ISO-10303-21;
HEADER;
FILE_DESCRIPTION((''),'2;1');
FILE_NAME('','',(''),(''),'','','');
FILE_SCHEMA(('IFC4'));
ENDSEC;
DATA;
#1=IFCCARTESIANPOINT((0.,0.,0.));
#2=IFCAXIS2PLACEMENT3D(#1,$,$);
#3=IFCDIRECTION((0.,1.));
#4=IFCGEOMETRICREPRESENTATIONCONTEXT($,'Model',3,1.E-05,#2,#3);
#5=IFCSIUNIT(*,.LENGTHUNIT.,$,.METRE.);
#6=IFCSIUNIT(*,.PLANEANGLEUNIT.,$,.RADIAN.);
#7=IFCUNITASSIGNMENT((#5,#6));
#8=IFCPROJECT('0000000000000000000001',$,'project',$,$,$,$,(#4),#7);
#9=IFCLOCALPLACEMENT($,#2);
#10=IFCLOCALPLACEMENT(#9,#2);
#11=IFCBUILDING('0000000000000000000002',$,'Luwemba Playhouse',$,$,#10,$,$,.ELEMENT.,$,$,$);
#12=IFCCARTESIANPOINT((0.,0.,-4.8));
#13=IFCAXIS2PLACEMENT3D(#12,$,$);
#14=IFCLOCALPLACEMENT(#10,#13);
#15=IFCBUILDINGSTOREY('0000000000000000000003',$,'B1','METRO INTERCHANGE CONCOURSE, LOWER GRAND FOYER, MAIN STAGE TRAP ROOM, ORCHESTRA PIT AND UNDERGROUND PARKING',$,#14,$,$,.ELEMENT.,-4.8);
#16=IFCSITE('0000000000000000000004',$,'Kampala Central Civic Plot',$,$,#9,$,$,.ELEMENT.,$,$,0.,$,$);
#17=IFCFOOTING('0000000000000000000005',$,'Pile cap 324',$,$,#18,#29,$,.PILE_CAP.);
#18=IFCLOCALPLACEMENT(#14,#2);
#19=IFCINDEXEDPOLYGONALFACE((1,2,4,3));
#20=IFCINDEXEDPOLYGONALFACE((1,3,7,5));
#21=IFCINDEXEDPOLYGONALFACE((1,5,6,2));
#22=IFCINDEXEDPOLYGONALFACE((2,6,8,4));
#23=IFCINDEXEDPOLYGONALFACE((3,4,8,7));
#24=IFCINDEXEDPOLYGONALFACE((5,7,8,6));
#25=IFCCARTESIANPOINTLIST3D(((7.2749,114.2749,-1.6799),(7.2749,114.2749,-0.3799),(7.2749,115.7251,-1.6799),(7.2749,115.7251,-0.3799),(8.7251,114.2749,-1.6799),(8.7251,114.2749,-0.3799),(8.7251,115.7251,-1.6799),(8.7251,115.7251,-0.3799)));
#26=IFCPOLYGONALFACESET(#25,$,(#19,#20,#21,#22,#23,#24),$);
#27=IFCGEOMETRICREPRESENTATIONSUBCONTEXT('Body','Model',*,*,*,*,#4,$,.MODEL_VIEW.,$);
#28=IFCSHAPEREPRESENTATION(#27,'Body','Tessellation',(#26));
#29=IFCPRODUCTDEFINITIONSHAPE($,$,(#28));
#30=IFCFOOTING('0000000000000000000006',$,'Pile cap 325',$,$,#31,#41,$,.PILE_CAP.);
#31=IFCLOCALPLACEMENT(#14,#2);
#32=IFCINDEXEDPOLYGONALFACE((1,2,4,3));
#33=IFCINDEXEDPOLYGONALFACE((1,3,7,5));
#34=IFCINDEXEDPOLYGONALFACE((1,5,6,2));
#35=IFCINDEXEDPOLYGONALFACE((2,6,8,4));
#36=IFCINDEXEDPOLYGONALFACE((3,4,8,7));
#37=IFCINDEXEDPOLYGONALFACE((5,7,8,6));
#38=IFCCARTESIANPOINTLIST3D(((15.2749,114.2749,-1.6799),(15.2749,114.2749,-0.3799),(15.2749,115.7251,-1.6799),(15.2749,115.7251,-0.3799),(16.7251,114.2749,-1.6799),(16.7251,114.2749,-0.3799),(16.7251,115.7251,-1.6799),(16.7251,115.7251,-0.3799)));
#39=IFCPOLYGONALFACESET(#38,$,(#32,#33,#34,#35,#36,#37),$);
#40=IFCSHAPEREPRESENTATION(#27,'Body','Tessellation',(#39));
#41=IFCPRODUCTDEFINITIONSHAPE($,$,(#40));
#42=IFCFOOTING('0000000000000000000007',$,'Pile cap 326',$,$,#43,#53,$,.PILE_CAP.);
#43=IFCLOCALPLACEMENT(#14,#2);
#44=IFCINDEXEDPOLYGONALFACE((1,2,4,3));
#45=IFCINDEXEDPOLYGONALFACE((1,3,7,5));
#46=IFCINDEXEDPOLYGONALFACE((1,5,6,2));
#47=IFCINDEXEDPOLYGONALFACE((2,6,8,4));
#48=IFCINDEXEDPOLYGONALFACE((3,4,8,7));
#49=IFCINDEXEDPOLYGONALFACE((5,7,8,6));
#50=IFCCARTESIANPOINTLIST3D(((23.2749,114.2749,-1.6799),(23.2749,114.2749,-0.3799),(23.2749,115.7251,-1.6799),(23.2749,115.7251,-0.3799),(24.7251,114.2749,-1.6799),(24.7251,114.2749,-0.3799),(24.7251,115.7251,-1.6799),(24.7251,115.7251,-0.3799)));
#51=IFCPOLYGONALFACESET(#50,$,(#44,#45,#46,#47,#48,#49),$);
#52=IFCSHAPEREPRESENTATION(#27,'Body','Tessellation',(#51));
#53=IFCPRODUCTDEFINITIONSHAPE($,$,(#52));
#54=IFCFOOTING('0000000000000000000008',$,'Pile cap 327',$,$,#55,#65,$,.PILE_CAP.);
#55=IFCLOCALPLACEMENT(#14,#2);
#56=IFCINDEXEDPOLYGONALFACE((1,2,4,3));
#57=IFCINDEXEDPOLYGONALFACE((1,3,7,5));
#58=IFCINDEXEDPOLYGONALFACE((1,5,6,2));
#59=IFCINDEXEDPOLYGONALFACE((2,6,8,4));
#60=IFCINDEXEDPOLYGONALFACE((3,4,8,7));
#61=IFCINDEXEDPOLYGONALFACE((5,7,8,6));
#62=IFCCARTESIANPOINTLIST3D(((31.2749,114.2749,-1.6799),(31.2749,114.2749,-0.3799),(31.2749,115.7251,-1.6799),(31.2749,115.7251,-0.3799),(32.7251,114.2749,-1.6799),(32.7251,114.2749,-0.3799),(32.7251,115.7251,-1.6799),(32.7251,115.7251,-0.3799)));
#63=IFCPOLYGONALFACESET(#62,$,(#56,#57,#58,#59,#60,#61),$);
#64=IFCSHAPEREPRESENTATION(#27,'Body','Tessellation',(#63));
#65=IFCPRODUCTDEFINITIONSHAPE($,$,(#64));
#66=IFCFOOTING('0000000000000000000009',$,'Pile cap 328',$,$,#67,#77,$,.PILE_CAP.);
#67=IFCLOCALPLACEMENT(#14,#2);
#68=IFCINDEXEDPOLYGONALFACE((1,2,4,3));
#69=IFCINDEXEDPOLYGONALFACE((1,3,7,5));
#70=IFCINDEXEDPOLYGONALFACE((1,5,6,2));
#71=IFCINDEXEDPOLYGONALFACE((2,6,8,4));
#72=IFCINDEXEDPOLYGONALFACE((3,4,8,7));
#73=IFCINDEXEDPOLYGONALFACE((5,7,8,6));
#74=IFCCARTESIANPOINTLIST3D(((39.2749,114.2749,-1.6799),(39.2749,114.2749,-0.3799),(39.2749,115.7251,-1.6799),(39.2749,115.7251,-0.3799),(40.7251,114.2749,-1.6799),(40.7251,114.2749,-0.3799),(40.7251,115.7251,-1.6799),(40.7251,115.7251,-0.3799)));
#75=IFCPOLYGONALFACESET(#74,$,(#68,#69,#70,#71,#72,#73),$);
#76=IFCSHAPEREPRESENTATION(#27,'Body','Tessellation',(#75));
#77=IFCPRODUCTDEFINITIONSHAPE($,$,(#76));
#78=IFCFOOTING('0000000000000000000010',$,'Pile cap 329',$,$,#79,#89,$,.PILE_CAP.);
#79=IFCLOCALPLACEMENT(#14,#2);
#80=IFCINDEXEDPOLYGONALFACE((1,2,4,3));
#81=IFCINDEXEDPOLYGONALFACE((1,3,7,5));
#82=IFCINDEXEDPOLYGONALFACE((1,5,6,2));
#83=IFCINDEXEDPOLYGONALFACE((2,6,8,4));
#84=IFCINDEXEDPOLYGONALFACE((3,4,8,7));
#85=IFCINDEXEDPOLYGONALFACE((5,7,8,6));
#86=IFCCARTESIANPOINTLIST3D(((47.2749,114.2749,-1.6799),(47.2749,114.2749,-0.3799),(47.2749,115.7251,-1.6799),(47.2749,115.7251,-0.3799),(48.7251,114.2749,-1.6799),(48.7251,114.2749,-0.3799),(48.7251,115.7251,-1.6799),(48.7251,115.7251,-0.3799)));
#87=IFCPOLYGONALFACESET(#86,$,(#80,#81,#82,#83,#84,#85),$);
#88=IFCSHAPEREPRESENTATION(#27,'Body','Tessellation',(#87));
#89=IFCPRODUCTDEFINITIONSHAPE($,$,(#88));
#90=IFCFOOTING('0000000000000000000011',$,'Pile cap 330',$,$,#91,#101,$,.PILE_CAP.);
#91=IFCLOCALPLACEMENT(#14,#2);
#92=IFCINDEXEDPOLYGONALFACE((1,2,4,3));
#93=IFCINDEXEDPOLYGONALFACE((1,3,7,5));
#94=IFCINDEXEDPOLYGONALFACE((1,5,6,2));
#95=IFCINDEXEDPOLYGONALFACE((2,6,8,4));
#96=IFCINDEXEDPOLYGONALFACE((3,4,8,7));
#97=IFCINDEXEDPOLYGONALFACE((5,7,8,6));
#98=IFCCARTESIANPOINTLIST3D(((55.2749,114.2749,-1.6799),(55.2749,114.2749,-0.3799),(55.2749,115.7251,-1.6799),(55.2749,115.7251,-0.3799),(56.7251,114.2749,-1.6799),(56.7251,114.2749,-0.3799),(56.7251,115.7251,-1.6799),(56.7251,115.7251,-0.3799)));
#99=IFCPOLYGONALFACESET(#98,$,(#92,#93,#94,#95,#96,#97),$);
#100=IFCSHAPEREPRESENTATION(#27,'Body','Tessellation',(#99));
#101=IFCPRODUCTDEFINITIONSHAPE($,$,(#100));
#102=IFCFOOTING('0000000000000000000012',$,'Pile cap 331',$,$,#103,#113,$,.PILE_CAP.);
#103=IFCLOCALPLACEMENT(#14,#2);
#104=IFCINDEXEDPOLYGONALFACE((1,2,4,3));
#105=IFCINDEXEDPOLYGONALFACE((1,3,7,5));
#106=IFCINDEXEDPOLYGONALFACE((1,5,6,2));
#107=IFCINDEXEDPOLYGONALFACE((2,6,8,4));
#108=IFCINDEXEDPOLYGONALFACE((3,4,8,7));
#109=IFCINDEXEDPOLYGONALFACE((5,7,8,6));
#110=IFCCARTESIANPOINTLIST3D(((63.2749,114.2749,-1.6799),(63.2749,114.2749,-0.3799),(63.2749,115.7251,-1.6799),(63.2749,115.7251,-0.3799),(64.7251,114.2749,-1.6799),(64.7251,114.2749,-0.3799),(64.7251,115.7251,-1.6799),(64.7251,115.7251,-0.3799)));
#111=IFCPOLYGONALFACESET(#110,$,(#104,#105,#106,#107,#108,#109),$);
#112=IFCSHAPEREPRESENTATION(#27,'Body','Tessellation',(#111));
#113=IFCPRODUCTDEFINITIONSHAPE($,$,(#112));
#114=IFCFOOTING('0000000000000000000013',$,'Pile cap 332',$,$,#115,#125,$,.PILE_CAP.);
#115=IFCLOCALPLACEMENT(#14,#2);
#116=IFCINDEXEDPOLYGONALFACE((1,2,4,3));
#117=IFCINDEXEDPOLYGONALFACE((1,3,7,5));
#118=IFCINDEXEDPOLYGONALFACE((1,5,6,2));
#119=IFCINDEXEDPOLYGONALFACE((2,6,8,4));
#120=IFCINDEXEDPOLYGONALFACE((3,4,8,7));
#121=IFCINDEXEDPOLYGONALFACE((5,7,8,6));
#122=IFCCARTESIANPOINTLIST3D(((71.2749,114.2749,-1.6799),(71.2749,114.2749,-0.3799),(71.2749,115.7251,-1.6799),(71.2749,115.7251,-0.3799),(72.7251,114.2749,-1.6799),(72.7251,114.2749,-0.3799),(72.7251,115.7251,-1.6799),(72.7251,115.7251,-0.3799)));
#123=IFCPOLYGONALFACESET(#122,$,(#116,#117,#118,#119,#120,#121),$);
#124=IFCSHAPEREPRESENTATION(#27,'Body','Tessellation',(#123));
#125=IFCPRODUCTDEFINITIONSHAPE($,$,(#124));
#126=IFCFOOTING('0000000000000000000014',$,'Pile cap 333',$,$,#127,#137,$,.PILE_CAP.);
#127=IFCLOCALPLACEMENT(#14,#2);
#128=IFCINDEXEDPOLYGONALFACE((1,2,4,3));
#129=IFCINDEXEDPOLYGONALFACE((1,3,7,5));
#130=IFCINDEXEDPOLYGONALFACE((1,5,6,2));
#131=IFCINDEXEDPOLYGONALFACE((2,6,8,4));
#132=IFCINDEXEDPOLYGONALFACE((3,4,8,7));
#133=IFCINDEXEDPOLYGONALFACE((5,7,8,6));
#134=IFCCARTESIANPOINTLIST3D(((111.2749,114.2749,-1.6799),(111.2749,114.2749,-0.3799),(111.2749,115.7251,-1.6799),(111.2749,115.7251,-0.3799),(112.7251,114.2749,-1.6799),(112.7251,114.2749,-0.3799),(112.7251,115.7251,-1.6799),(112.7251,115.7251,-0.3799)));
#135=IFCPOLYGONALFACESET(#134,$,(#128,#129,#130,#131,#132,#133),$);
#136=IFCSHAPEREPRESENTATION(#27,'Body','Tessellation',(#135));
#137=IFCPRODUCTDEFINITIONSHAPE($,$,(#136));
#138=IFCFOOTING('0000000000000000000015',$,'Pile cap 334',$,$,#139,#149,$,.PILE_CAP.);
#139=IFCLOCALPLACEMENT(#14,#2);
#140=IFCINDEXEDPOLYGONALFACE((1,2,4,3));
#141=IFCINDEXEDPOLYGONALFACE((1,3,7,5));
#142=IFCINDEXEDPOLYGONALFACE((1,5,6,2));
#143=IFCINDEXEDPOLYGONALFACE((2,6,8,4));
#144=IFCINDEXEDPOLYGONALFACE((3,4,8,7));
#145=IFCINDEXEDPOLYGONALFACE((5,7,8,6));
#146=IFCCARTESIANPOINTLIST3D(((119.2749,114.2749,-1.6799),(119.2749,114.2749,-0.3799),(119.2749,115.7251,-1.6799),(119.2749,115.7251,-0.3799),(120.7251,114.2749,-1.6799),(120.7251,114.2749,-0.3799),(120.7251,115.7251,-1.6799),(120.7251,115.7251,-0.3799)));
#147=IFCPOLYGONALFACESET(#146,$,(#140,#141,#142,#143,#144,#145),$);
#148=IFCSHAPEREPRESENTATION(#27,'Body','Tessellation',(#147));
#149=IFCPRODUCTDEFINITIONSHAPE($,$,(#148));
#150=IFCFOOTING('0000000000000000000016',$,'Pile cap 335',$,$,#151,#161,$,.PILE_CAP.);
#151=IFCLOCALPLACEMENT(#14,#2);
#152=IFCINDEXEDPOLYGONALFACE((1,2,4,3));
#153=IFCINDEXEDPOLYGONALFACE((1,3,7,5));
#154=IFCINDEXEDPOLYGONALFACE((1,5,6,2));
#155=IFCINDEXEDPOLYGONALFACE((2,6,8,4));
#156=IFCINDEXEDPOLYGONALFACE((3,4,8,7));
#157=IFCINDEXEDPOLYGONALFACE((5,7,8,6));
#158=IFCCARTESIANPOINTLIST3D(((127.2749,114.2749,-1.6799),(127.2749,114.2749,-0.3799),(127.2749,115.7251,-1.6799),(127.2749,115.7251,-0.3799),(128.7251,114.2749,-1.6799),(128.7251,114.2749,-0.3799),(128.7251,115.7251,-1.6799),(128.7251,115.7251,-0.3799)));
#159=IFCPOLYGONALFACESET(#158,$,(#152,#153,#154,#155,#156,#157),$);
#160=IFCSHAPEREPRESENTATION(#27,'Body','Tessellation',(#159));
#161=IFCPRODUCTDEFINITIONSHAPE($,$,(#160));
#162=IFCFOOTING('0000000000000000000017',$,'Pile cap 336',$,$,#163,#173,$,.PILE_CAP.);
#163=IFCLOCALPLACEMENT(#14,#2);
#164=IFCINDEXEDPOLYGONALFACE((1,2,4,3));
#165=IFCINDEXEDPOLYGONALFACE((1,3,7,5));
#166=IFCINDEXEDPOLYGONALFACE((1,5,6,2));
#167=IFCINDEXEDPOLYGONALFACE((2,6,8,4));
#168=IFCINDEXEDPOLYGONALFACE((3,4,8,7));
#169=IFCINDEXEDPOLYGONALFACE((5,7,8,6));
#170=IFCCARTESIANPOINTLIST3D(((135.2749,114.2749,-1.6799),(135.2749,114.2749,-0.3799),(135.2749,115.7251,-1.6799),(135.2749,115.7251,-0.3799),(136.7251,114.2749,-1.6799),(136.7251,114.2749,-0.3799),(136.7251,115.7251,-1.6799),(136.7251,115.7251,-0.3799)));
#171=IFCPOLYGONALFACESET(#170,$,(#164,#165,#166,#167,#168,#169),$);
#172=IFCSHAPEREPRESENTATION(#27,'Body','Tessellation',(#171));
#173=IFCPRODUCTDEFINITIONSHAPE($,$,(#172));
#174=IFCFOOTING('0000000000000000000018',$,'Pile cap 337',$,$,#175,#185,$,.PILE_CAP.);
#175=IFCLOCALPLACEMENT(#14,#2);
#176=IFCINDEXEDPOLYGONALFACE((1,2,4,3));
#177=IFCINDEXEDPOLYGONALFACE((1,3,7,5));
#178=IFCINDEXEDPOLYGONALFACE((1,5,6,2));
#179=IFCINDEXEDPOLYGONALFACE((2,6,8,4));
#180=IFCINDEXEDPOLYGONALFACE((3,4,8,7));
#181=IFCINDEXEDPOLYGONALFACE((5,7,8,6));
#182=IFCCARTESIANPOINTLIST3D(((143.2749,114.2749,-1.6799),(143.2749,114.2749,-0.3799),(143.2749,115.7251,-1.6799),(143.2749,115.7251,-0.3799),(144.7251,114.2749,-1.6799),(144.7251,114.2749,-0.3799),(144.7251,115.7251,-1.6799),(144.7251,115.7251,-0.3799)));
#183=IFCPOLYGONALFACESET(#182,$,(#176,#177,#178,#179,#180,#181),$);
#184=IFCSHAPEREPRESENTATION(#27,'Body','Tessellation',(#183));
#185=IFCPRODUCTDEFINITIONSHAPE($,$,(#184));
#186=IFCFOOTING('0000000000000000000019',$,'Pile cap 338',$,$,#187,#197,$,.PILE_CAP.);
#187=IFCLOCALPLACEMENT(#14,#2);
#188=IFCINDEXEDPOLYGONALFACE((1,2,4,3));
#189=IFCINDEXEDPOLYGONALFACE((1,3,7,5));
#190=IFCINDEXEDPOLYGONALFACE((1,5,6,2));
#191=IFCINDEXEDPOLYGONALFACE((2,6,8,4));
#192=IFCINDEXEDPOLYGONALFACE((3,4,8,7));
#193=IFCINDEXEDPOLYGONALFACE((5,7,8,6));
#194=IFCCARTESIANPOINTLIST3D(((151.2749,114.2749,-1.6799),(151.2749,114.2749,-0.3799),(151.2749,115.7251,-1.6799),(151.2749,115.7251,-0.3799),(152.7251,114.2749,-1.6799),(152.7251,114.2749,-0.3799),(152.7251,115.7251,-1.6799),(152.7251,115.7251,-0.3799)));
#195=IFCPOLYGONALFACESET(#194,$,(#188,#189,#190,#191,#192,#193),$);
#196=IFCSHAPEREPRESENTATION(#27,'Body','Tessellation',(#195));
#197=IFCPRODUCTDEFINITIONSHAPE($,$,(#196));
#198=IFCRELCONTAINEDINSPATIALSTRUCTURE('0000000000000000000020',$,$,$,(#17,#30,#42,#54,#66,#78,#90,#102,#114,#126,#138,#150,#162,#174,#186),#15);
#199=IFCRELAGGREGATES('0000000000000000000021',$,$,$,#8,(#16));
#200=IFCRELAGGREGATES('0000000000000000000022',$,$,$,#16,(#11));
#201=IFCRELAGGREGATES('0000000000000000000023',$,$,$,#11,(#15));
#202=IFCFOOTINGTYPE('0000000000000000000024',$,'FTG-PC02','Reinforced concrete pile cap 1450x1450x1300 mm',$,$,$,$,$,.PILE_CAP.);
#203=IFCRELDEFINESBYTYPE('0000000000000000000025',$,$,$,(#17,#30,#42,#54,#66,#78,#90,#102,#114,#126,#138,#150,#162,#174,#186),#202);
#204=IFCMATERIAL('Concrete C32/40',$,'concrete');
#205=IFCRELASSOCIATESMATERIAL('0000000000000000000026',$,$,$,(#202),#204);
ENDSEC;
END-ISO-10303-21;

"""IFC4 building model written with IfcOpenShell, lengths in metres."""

from ifc_helpers import new_model, si_unit, direction, frame, origin, place, context, subcontext, project, spatial, polyline, outline, extrude, material, type_object, element, save


model = new_model("IFC4")

# Units and contexts
model_context = context("Model", 3, precision=1e-05, world=origin(), true_north=direction((0.0, 1.0)))
body_context = subcontext(model_context, "Body", "Model", "MODEL_VIEW")
ifc_project = project(units=[si_unit("LENGTHUNIT", "METRE"), si_unit("PLANEANGLEUNIT", "RADIAN")], contexts=[model_context])

# Site, building, storey
site_placement = place(None, origin())
site = spatial("IfcSite", under=ifc_project, at=site_placement, Name="Kampala Central Civic Plot", CompositionType="ELEMENT", RefElevation=0.0)
building_placement = place(site_placement, origin())
building = spatial("IfcBuilding", under=site, at=building_placement, Name="Luwemba Playhouse", CompositionType="ELEMENT")
storey_placement = place(building_placement, frame((0.0, 0.0, -4.8)))
storey = spatial("IfcBuildingStorey", under=building, at=storey_placement, Name="B1", Description="METRO INTERCHANGE CONCOURSE, LOWER GRAND FOYER, MAIN STAGE TRAP ROOM, ORCHESTRA PIT AND UNDERGROUND PARKING", CompositionType="ELEMENT", Elevation=-4.8)

# Footings
ifc_material = material(Name="Concrete C32/40", Category="concrete")
footing_type_1 = type_object("IfcFootingType", Name="FTG-PC02", Description="Reinforced concrete pile cap 1450x1450x1300 mm", PredefinedType="PILE_CAP", material=ifc_material)
footing_1_placement = place(storey_placement, frame((0.0, 0.0, -1.6799)))
element("IfcFooting", 1, at=footing_1_placement, inside=storey, type_object=footing_type_1, Name="Pile cap 324", PredefinedType="PILE_CAP", context=body_context, shape_type="SweptSolid", body=[
    extrude(outline(polyline([(7.2749, 114.2749), (8.7251, 114.2749), (8.7251, 115.7251), (7.2749, 115.7251), (7.2749, 114.2749)])), origin(), (0.0, 0.0, 1.0), 1.3),
])
footing_2_placement = place(storey_placement, frame((0.0, 0.0, -1.6799)))
element("IfcFooting", 2, at=footing_2_placement, inside=storey, type_object=footing_type_1, Name="Pile cap 325", PredefinedType="PILE_CAP", context=body_context, shape_type="SweptSolid", body=[
    extrude(outline(polyline([(15.2749, 114.2749), (16.7251, 114.2749), (16.7251, 115.7251), (15.2749, 115.7251), (15.2749, 114.2749)])), origin(), (0.0, 0.0, 1.0), 1.3),
])
footing_3_placement = place(storey_placement, frame((0.0, 0.0, -1.6799)))
element("IfcFooting", 3, at=footing_3_placement, inside=storey, type_object=footing_type_1, Name="Pile cap 326", PredefinedType="PILE_CAP", context=body_context, shape_type="SweptSolid", body=[
    extrude(outline(polyline([(23.2749, 114.2749), (24.7251, 114.2749), (24.7251, 115.7251), (23.2749, 115.7251), (23.2749, 114.2749)])), origin(), (0.0, 0.0, 1.0), 1.3),
])
footing_4_placement = place(storey_placement, frame((0.0, 0.0, -1.6799)))
element("IfcFooting", 4, at=footing_4_placement, inside=storey, type_object=footing_type_1, Name="Pile cap 327", PredefinedType="PILE_CAP", context=body_context, shape_type="SweptSolid", body=[
    extrude(outline(polyline([(31.2749, 114.2749), (32.7251, 114.2749), (32.7251, 115.7251), (31.2749, 115.7251), (31.2749, 114.2749)])), origin(), (0.0, 0.0, 1.0), 1.3),
])
footing_5_placement = place(storey_placement, frame((0.0, 0.0, -1.6799)))
element("IfcFooting", 5, at=footing_5_placement, inside=storey, type_object=footing_type_1, Name="Pile cap 328", PredefinedType="PILE_CAP", context=body_context, shape_type="SweptSolid", body=[
    extrude(outline(polyline([(39.2749, 114.2749), (40.7251, 114.2749), (40.7251, 115.7251), (39.2749, 115.7251), (39.2749, 114.2749)])), origin(), (0.0, 0.0, 1.0), 1.3),
])
footing_6_placement = place(storey_placement, frame((0.0, 0.0, -1.6799)))
element("IfcFooting", 6, at=footing_6_placement, inside=storey, type_object=footing_type_1, Name="Pile cap 329", PredefinedType="PILE_CAP", context=body_context, shape_type="SweptSolid", body=[
    extrude(outline(polyline([(47.2749, 114.2749), (48.7251, 114.2749), (48.7251, 115.7251), (47.2749, 115.7251), (47.2749, 114.2749)])), origin(), (0.0, 0.0, 1.0), 1.3),
])
footing_7_placement = place(storey_placement, frame((0.0, 0.0, -1.6799)))
element("IfcFooting", 7, at=footing_7_placement, inside=storey, type_object=footing_type_1, Name="Pile cap 330", PredefinedType="PILE_CAP", context=body_context, shape_type="SweptSolid", body=[
    extrude(outline(polyline([(55.2749, 114.2749), (56.7251, 114.2749), (56.7251, 115.7251), (55.2749, 115.7251), (55.2749, 114.2749)])), origin(), (0.0, 0.0, 1.0), 1.3),
])
footing_8_placement = place(storey_placement, frame((0.0, 0.0, -1.6799)))
element("IfcFooting", 8, at=footing_8_placement, inside=storey, type_object=footing_type_1, Name="Pile cap 331", PredefinedType="PILE_CAP", context=body_context, shape_type="SweptSolid", body=[
    extrude(outline(polyline([(63.2749, 114.2749), (64.7251, 114.2749), (64.7251, 115.7251), (63.2749, 115.7251), (63.2749, 114.2749)])), origin(), (0.0, 0.0, 1.0), 1.3),
])
footing_9_placement = place(storey_placement, frame((0.0, 0.0, -1.6799)))
element("IfcFooting", 9, at=footing_9_placement, inside=storey, type_object=footing_type_1, Name="Pile cap 332", PredefinedType="PILE_CAP", context=body_context, shape_type="SweptSolid", body=[
    extrude(outline(polyline([(71.2749, 114.2749), (72.7251, 114.2749), (72.7251, 115.7251), (71.2749, 115.7251), (71.2749, 114.2749)])), origin(), (0.0, 0.0, 1.0), 1.3),
])
footing_10_placement = place(storey_placement, frame((0.0, 0.0, -1.6799)))
element("IfcFooting", 10, at=footing_10_placement, inside=storey, type_object=footing_type_1, Name="Pile cap 333", PredefinedType="PILE_CAP", context=body_context, shape_type="SweptSolid", body=[
    extrude(outline(polyline([(111.2749, 114.2749), (112.7251, 114.2749), (112.7251, 115.7251), (111.2749, 115.7251), (111.2749, 114.2749)])), origin(), (0.0, 0.0, 1.0), 1.3),
])
footing_11_placement = place(storey_placement, frame((0.0, 0.0, -1.6799)))
element("IfcFooting", 11, at=footing_11_placement, inside=storey, type_object=footing_type_1, Name="Pile cap 334", PredefinedType="PILE_CAP", context=body_context, shape_type="SweptSolid", body=[
    extrude(outline(polyline([(119.2749, 114.2749), (120.7251, 114.2749), (120.7251, 115.7251), (119.2749, 115.7251), (119.2749, 114.2749)])), origin(), (0.0, 0.0, 1.0), 1.3),
])
footing_12_placement = place(storey_placement, frame((0.0, 0.0, -1.6799)))
element("IfcFooting", 12, at=footing_12_placement, inside=storey, type_object=footing_type_1, Name="Pile cap 335", PredefinedType="PILE_CAP", context=body_context, shape_type="SweptSolid", body=[
    extrude(outline(polyline([(127.2749, 114.2749), (128.7251, 114.2749), (128.7251, 115.7251), (127.2749, 115.7251), (127.2749, 114.2749)])), origin(), (0.0, 0.0, 1.0), 1.3),
])
footing_13_placement = place(storey_placement, frame((0.0, 0.0, -1.6799)))
element("IfcFooting", 13, at=footing_13_placement, inside=storey, type_object=footing_type_1, Name="Pile cap 336", PredefinedType="PILE_CAP", context=body_context, shape_type="SweptSolid", body=[
    extrude(outline(polyline([(135.2749, 114.2749), (136.7251, 114.2749), (136.7251, 115.7251), (135.2749, 115.7251), (135.2749, 114.2749)])), origin(), (0.0, 0.0, 1.0), 1.3),
])
footing_14_placement = place(storey_placement, frame((0.0, 0.0, -1.6799)))
element("IfcFooting", 14, at=footing_14_placement, inside=storey, type_object=footing_type_1, Name="Pile cap 337", PredefinedType="PILE_CAP", context=body_context, shape_type="SweptSolid", body=[
    extrude(outline(polyline([(143.2749, 114.2749), (144.7251, 114.2749), (144.7251, 115.7251), (143.2749, 115.7251), (143.2749, 114.2749)])), origin(), (0.0, 0.0, 1.0), 1.3),
])
footing_15_placement = place(storey_placement, frame((0.0, 0.0, -1.6799)))
element("IfcFooting", 15, at=footing_15_placement, inside=storey, type_object=footing_type_1, Name="Pile cap 338", PredefinedType="PILE_CAP", context=body_context, shape_type="SweptSolid", body=[
    extrude(outline(polyline([(151.2749, 114.2749), (152.7251, 114.2749), (152.7251, 115.7251), (151.2749, 115.7251), (151.2749, 114.2749)])), origin(), (0.0, 0.0, 1.0), 1.3),
])

save(model, "model.ifc")
